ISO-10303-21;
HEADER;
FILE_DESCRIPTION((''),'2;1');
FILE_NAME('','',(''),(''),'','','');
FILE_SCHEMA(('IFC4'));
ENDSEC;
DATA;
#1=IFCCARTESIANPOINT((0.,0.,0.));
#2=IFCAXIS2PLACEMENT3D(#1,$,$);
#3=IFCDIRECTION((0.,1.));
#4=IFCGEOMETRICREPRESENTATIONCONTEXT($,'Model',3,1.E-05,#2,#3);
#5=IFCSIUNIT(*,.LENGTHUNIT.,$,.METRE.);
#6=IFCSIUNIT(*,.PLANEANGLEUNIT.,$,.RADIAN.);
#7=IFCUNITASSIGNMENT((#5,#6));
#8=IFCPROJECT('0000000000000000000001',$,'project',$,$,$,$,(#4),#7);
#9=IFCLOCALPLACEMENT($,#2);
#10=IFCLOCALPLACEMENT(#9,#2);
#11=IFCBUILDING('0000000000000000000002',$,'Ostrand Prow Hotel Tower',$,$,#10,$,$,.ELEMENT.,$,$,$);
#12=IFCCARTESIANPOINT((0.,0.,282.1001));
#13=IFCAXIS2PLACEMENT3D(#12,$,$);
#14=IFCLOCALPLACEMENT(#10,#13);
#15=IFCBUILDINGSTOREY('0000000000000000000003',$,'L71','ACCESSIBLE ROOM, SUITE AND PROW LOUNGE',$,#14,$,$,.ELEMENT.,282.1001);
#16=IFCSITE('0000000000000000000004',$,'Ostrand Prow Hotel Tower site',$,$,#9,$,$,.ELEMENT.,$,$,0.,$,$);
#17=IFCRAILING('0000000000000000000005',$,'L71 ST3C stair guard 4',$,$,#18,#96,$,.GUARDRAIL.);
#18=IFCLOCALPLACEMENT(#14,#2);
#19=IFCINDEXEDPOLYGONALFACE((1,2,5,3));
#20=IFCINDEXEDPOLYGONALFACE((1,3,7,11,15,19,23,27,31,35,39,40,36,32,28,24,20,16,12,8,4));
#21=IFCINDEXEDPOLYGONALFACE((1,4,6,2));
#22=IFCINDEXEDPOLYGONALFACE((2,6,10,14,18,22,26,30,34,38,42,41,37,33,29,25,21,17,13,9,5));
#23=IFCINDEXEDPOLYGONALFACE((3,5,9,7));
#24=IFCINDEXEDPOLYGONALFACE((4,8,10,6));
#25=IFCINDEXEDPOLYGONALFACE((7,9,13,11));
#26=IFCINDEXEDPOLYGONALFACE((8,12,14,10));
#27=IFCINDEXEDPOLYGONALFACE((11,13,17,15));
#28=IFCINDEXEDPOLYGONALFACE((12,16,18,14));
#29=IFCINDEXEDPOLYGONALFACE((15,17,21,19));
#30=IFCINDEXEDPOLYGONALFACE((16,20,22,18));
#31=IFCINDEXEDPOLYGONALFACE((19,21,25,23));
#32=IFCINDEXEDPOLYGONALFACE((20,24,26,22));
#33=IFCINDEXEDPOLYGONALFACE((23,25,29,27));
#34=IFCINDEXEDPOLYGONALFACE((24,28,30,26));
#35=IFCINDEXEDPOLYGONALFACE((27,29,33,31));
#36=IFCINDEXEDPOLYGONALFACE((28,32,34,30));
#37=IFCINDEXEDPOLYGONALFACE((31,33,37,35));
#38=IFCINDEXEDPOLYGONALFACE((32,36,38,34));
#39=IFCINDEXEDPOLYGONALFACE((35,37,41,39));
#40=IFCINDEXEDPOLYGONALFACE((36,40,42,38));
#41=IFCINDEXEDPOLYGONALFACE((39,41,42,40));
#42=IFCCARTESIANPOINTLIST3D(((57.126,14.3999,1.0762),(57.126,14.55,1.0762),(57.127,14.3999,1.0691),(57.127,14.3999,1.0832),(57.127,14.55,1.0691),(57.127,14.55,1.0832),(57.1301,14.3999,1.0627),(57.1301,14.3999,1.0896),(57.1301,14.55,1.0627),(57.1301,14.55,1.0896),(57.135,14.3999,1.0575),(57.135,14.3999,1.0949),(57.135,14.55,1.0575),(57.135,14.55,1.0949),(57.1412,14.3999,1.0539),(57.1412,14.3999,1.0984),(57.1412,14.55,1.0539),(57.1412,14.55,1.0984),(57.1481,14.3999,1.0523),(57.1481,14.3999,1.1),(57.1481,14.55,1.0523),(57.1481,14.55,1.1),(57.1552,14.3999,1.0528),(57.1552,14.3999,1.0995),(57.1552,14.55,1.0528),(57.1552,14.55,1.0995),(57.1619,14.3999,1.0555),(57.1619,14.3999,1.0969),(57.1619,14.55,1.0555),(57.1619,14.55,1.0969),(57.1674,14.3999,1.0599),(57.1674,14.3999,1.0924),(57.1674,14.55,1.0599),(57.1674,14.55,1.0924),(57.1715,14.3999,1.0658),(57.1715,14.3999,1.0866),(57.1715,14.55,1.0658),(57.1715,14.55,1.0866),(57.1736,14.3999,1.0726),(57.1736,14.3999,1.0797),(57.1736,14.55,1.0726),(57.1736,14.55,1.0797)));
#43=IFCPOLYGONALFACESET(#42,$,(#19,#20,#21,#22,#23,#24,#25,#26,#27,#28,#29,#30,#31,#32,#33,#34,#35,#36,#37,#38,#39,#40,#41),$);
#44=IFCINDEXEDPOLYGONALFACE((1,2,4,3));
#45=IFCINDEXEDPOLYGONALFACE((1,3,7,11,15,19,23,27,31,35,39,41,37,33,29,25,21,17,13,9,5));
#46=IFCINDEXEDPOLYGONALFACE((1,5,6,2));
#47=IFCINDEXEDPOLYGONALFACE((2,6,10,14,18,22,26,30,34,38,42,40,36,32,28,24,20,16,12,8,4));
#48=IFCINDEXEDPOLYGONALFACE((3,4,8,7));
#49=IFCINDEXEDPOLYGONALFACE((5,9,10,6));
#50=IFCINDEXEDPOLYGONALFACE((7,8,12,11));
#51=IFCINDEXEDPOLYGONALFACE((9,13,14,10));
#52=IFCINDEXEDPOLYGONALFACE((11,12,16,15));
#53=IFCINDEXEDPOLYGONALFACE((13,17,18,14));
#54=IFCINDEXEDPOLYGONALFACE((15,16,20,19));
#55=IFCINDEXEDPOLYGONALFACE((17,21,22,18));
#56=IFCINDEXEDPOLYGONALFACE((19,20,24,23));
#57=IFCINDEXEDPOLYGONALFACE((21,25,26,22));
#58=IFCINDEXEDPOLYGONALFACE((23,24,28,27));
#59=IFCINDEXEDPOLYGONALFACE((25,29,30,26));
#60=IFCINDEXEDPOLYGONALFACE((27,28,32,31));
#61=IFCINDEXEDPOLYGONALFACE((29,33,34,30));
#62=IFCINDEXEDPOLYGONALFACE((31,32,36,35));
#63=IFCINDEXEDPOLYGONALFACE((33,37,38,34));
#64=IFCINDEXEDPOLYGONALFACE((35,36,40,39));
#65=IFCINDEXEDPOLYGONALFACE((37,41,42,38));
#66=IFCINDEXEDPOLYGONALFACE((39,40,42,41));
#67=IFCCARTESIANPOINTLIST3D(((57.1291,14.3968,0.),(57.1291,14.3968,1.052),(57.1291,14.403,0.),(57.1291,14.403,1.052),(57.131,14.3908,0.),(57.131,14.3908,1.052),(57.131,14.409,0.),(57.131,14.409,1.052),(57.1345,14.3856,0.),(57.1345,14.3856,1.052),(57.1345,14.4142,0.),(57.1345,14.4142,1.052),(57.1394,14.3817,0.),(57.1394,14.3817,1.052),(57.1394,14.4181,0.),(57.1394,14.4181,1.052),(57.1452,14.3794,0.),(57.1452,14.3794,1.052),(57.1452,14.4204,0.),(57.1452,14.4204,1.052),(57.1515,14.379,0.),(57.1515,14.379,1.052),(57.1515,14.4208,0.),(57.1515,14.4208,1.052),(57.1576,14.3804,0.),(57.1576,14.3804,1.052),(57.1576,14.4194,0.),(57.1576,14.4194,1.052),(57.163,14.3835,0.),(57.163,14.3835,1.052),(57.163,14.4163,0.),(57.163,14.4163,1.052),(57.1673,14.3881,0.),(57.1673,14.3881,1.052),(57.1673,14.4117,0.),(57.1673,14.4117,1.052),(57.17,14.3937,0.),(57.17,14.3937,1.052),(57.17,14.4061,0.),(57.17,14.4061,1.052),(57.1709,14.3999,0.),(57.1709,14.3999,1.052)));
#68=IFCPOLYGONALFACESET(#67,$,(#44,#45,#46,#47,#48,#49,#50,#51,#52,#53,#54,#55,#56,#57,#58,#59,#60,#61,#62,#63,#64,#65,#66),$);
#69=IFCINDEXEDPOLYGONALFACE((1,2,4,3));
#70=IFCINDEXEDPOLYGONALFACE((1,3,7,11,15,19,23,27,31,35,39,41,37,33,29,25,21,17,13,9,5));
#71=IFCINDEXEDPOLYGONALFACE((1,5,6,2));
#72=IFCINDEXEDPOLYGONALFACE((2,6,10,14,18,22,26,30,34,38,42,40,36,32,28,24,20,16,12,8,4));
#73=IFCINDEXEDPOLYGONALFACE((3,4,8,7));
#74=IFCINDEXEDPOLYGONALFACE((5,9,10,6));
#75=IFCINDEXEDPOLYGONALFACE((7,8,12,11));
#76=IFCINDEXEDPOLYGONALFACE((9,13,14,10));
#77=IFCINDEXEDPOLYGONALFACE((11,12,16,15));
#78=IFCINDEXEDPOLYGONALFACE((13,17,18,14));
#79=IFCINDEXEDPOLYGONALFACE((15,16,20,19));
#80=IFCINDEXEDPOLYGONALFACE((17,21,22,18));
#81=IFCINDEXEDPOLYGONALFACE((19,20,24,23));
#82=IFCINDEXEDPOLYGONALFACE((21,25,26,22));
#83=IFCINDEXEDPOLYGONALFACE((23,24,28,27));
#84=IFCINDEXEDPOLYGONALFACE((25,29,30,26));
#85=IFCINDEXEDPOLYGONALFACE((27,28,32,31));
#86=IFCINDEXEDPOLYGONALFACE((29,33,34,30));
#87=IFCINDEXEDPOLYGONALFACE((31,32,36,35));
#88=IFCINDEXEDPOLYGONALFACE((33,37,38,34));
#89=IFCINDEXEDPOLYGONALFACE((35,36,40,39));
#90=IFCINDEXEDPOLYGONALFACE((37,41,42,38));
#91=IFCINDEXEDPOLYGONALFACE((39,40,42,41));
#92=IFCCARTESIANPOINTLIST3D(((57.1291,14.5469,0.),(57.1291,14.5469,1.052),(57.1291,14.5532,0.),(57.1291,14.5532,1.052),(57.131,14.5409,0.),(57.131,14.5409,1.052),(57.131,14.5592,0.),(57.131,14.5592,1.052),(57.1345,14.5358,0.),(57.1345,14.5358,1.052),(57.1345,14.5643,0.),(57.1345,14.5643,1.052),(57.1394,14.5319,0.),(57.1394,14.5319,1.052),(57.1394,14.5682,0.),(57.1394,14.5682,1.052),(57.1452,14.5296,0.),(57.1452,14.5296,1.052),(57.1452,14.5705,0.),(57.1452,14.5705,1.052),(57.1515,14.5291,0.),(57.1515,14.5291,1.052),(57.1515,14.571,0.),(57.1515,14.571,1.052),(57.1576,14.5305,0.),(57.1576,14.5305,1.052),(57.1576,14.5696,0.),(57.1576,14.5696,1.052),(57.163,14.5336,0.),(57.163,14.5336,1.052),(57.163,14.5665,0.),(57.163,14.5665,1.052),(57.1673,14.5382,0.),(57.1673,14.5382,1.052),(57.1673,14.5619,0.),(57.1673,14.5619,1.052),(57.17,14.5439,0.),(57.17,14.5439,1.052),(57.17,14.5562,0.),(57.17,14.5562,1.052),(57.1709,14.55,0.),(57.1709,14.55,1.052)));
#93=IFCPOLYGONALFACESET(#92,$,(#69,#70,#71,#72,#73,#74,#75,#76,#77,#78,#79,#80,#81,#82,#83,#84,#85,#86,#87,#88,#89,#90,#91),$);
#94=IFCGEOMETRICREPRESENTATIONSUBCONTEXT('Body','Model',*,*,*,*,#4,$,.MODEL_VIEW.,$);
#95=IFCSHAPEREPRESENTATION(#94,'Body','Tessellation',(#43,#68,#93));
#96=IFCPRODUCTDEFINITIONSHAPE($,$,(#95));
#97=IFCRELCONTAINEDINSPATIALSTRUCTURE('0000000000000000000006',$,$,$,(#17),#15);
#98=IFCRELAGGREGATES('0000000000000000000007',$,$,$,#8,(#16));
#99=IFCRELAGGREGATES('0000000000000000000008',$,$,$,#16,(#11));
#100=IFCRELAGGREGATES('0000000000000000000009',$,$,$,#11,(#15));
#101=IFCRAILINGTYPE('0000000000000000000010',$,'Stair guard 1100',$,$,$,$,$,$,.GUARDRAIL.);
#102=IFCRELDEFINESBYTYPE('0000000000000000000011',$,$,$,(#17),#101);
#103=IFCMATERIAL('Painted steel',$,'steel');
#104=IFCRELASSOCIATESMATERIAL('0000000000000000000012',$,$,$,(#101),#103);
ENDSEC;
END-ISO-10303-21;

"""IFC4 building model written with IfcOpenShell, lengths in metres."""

from ifc_helpers import new_model, si_unit, direction, frame, origin, origin_2d, place, context, subcontext, project, spatial, circle, extrude, material, type_object, element, save


model = new_model("IFC4")

# Units and contexts
model_context = context("Model", 3, precision=1e-05, world=origin(), true_north=direction((0.0, 1.0)))
body_context = subcontext(model_context, "Body", "Model", "MODEL_VIEW")
ifc_project = project(units=[si_unit("LENGTHUNIT", "METRE"), si_unit("PLANEANGLEUNIT", "RADIAN")], contexts=[model_context])

# Site, building, storey
site_placement = place(None, origin())
site = spatial("IfcSite", under=ifc_project, at=site_placement, Name="Ostrand Prow Hotel Tower site", CompositionType="ELEMENT", RefElevation=0.0)
building_placement = place(site_placement, origin())
building = spatial("IfcBuilding", under=site, at=building_placement, Name="Ostrand Prow Hotel Tower", CompositionType="ELEMENT")
storey_placement = place(building_placement, frame((0.0, 0.0, 282.1001)))
storey = spatial("IfcBuildingStorey", under=building, at=storey_placement, Name="L71", Description="ACCESSIBLE ROOM, SUITE AND PROW LOUNGE", CompositionType="ELEMENT", Elevation=282.1001)

# Railing
ifc_material_1 = material(Name="Painted steel", Category="steel")
railing_type_1 = type_object("IfcRailingType", Name="Stair guard 1100", PredefinedType="GUARDRAIL", material=ifc_material_1)
railing_1_placement = place(storey_placement, frame((57.1499, 14.3999, 0.0)))
element("IfcRailing", 1, at=railing_1_placement, inside=storey, type_object=railing_type_1, Name="L71 ST3C stair guard 4", PredefinedType="GUARDRAIL", context=body_context, shape_type="SweptSolid", body=[
    extrude(circle(Radius=0.0239, at=origin_2d()), frame((0.0, 0.0, 1.0762), z_axis=(0.0, 1.0, 0.0), x_axis=(-1.0, 0.0, 0.0)), (0.0, 0.0, 1.0), 0.1501),
    extrude(circle(Radius=0.021, at=origin_2d()), origin(), (0.0, 0.0, 1.0), 1.052),
    extrude(circle(Radius=0.021, at=origin_2d()), frame((0.0, 0.1501, 0.0)), (0.0, 0.0, 1.0), 1.052),
])

save(model, "model.ifc")
